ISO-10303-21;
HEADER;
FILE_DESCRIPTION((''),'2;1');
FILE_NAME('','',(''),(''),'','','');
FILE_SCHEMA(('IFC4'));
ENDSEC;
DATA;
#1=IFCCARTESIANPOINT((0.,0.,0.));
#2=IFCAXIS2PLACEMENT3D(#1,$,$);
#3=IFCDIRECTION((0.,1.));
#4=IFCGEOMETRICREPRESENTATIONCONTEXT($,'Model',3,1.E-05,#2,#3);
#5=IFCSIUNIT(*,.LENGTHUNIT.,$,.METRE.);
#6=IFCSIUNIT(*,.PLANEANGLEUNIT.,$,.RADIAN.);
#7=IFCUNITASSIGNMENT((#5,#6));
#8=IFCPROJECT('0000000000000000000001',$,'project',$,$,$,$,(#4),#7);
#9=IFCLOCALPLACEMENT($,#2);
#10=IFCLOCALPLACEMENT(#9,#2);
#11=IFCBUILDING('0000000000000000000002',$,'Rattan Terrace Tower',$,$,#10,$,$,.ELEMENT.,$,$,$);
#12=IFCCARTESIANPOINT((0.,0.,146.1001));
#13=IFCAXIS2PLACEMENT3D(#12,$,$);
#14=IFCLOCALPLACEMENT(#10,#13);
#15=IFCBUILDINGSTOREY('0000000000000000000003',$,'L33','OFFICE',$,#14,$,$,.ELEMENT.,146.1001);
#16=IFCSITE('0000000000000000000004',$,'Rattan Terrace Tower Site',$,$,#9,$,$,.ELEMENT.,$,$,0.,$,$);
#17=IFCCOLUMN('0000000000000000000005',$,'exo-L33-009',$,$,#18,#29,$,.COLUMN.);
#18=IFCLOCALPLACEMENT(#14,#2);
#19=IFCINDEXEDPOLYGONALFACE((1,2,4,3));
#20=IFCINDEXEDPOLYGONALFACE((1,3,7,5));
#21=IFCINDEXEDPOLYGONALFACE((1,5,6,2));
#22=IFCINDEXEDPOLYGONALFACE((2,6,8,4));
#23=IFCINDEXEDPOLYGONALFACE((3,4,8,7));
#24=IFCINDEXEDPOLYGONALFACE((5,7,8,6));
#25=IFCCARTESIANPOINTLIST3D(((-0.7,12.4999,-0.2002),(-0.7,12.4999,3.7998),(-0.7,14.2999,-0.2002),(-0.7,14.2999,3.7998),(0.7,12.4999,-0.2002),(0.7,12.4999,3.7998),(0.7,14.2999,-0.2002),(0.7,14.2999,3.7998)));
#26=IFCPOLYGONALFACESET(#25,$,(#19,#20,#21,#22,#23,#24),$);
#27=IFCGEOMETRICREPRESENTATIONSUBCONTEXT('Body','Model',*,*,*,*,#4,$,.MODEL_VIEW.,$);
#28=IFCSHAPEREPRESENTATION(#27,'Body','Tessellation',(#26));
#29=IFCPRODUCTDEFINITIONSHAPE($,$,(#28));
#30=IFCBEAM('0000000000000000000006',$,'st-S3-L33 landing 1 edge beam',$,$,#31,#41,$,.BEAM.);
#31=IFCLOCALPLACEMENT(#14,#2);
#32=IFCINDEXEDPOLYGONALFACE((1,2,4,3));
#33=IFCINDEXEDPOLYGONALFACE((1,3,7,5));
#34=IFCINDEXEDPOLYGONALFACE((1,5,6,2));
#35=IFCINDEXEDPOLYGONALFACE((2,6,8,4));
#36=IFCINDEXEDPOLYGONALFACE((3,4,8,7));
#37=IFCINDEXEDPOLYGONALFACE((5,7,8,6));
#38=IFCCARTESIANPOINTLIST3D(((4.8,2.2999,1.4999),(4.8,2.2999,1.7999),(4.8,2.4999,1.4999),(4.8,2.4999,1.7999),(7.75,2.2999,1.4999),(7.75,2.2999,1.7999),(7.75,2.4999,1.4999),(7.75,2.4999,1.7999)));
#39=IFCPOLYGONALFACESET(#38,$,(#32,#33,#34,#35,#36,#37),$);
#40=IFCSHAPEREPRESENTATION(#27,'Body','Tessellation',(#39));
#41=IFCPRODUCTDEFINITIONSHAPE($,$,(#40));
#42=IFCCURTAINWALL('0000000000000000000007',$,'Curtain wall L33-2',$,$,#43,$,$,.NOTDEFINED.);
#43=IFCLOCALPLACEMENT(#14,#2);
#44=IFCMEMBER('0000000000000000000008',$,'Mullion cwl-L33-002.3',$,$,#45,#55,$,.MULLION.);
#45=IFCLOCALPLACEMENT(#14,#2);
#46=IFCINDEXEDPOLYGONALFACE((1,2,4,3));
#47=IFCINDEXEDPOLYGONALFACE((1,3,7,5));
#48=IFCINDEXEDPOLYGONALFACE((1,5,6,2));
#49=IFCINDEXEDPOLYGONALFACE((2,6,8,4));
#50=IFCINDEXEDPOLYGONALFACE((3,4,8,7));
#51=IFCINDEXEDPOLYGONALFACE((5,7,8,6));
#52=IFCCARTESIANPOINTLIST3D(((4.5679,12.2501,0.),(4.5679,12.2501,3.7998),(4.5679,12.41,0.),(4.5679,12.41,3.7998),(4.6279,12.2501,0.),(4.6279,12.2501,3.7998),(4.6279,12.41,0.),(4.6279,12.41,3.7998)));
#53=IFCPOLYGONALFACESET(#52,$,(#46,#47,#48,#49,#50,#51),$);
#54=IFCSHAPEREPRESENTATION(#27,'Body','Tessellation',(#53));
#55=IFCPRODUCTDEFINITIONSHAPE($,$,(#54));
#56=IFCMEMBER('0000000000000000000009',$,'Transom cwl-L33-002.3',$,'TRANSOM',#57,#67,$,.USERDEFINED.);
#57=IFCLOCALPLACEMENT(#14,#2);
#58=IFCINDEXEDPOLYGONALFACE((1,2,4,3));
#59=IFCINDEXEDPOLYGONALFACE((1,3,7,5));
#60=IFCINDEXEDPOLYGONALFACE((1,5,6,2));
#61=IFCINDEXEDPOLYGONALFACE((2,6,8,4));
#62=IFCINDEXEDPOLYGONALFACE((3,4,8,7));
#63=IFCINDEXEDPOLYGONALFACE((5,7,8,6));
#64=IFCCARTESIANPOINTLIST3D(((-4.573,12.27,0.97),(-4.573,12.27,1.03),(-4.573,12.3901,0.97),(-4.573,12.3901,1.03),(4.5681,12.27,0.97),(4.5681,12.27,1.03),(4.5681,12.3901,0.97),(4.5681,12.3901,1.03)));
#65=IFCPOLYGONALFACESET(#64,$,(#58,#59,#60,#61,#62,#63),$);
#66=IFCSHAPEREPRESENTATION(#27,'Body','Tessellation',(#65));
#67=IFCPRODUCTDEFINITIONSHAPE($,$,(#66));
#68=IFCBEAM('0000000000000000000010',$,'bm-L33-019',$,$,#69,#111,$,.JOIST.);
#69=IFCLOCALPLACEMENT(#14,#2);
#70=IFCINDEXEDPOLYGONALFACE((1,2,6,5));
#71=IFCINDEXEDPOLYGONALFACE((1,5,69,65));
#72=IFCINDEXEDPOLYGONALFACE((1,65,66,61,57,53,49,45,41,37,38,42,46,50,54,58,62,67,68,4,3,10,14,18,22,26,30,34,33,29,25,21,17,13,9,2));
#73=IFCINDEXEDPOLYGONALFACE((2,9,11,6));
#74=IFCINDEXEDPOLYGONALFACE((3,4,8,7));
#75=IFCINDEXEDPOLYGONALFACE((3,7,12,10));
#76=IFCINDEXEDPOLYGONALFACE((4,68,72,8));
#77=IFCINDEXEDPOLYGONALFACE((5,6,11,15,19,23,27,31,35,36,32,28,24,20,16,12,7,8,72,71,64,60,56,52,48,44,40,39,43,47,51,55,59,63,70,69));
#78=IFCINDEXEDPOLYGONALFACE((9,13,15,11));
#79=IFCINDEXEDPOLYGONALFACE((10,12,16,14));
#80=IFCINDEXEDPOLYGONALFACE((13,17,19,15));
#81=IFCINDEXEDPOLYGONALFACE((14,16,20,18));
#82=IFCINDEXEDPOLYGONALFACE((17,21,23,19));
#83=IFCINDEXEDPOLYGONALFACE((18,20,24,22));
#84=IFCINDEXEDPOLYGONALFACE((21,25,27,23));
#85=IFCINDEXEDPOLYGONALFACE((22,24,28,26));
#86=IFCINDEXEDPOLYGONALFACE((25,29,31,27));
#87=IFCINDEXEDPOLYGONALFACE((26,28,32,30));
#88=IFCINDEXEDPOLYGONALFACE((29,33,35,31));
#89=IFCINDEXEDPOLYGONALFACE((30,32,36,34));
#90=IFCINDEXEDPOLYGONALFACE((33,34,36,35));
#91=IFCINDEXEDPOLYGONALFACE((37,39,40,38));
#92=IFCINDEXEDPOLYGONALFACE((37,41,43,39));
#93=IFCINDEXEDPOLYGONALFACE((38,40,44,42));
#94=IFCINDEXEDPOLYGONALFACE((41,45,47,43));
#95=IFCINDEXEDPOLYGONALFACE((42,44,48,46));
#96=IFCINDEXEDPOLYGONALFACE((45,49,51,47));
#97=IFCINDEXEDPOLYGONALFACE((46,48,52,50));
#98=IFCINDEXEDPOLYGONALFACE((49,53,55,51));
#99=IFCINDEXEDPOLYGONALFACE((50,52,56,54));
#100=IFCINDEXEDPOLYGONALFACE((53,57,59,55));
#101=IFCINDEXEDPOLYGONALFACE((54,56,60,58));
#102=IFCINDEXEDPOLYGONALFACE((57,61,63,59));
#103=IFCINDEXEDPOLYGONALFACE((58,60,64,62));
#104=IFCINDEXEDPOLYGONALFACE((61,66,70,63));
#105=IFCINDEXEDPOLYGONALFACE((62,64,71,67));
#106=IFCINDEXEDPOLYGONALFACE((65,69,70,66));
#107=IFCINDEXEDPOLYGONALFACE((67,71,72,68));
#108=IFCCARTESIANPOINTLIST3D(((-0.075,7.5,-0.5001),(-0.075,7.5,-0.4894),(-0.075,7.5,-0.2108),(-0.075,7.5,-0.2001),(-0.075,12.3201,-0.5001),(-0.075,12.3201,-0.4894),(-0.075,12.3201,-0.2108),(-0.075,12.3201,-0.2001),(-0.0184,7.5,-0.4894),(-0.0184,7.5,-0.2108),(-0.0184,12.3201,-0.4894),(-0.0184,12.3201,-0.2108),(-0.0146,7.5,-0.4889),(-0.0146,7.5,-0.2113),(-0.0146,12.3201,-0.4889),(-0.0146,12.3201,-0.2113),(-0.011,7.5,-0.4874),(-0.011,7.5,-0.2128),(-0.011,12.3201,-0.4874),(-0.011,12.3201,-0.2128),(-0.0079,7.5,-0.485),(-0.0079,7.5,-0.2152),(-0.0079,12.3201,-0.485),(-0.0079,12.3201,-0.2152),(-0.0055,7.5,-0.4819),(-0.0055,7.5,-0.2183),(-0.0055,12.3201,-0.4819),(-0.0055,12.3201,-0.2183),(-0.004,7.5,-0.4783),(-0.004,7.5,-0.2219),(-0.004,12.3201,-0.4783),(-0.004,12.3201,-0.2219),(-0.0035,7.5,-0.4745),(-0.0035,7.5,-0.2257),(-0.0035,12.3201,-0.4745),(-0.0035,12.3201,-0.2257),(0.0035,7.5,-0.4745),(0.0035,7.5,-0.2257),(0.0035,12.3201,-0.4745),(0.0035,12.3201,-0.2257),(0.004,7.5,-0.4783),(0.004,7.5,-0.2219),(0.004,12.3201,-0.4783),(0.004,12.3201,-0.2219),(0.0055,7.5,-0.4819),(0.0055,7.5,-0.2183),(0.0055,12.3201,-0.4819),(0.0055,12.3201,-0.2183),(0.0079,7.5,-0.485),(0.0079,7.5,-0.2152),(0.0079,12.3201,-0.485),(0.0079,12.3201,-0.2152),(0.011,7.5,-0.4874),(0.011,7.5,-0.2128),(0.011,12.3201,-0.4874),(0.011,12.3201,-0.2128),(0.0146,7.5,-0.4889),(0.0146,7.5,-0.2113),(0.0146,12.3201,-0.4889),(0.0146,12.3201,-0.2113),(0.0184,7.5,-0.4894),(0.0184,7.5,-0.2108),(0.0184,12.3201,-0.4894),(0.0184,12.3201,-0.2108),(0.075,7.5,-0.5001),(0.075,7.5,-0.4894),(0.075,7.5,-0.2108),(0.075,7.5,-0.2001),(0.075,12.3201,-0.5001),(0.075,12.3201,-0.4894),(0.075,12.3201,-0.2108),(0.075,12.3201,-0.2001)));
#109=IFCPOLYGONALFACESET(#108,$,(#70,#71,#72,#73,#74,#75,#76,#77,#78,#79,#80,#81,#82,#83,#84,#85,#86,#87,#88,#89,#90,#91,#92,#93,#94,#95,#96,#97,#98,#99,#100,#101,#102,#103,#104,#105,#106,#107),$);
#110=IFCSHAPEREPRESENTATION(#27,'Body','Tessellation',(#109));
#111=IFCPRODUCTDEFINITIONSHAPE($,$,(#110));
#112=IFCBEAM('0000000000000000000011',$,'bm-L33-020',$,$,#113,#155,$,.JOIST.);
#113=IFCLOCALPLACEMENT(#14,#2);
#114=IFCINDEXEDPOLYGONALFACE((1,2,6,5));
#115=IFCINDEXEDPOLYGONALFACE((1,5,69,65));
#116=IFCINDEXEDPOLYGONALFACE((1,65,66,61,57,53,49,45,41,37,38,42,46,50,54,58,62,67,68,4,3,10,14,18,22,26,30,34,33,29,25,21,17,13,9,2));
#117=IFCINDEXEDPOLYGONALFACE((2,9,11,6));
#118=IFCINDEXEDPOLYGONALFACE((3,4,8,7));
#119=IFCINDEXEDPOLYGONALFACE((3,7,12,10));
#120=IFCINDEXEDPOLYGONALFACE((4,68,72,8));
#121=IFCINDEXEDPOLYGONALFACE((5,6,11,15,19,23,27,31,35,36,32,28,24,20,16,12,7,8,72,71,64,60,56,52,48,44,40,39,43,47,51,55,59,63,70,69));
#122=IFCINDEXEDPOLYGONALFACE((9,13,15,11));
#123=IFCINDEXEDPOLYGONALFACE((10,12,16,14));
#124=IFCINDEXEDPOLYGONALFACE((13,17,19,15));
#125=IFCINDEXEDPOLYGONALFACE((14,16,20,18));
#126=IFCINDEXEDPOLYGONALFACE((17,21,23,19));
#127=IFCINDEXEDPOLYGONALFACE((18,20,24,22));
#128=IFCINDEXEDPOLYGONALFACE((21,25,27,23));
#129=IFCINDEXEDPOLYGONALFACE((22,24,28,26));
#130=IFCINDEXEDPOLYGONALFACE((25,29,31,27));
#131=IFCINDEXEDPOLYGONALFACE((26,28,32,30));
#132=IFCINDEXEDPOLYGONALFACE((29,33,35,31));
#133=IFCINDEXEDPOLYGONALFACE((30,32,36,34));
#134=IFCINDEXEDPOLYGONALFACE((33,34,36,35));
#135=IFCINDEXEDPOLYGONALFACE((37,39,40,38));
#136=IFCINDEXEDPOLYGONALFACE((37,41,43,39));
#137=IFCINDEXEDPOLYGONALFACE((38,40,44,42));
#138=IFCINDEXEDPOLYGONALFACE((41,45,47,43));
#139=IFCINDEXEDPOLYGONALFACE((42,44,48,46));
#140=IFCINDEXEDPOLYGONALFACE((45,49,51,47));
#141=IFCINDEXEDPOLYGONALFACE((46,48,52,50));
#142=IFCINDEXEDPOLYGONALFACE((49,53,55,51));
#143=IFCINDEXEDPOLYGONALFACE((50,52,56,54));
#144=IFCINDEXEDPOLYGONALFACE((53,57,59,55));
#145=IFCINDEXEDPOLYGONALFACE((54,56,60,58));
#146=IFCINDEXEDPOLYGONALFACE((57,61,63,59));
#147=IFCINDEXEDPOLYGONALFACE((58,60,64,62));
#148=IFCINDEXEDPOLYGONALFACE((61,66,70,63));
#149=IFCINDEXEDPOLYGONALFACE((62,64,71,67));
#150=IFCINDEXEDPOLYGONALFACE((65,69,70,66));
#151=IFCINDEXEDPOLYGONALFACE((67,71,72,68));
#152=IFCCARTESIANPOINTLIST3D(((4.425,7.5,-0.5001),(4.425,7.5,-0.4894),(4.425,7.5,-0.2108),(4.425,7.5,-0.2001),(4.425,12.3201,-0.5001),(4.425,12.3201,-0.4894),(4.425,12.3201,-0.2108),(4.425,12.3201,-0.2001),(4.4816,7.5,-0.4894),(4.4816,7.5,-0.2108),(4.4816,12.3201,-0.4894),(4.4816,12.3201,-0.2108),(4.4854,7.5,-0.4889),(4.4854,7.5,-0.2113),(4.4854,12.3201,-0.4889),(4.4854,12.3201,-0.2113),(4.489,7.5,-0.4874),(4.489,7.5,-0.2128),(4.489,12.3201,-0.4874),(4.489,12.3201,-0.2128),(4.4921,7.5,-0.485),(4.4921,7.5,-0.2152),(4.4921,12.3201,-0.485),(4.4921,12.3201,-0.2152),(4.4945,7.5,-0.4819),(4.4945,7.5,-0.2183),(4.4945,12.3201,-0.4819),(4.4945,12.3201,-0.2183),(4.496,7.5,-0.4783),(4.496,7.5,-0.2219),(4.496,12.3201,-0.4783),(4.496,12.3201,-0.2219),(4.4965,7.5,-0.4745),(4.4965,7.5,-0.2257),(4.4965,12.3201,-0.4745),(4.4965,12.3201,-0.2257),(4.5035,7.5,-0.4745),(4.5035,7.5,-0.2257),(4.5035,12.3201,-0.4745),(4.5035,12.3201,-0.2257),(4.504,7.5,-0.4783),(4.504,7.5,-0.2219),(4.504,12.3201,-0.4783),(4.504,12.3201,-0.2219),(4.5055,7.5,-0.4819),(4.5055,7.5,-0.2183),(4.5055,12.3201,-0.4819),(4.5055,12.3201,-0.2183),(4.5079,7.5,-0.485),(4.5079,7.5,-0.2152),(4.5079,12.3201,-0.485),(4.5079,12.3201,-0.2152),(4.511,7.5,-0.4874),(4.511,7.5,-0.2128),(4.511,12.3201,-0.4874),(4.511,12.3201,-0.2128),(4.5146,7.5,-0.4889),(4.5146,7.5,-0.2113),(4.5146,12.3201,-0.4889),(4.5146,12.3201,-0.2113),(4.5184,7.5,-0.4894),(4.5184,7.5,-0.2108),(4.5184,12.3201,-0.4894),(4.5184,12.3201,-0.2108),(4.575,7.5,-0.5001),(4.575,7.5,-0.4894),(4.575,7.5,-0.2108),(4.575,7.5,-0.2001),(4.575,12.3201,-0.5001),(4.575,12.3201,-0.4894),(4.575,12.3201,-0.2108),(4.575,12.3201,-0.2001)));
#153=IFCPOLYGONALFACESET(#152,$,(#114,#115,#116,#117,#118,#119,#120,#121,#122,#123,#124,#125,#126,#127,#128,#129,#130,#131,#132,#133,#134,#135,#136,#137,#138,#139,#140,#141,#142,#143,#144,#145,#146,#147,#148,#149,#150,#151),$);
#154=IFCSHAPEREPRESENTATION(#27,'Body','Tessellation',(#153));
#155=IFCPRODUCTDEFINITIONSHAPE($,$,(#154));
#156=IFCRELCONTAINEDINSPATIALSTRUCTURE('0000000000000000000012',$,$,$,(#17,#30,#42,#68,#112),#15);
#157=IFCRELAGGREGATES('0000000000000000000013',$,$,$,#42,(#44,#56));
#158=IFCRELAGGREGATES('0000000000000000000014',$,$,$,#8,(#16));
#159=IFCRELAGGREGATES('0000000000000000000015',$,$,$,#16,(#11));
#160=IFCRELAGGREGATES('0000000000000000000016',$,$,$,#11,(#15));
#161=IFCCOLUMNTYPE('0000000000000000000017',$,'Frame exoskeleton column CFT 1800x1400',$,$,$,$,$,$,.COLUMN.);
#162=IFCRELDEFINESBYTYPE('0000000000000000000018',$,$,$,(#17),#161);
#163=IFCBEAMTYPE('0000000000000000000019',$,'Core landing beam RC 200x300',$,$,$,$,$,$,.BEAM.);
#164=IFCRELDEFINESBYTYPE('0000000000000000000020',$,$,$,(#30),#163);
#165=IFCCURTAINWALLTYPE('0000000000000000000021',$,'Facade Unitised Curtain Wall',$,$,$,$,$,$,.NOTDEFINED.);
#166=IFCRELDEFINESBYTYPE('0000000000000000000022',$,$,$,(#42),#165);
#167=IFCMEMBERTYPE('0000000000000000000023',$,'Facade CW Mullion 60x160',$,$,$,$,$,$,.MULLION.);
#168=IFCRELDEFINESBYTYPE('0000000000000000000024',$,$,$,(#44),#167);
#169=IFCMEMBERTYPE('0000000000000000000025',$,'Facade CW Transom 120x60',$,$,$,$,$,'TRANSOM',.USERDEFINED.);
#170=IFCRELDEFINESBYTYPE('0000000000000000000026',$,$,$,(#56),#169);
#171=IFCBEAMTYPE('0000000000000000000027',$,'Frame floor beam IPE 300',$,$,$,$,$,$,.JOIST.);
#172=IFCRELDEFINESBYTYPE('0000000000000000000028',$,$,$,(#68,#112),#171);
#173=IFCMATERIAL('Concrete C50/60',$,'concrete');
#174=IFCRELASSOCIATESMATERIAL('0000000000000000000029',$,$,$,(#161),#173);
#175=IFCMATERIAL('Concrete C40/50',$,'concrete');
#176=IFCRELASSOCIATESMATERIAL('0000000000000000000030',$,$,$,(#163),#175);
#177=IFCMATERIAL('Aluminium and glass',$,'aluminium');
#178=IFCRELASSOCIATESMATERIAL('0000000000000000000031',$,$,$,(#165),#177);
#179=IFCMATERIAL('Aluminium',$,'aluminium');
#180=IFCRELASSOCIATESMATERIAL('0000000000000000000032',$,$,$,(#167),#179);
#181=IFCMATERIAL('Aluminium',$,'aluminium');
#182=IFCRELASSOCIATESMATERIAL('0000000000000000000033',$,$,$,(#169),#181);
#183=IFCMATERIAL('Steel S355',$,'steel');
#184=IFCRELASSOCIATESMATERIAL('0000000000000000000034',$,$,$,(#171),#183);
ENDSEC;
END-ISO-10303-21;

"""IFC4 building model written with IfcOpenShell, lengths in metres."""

from ifc_helpers import new_model, si_unit, direction, frame, origin, origin_2d, place, context, subcontext, project, spatial, rectangle, i_section, extrude, material, material_profile, profile_set, type_object, element, aggregate, save


model = new_model("IFC4")

# Units and contexts
model_context = context("Model", 3, precision=1e-05, world=origin(), true_north=direction((0.0, 1.0)))
body_context = subcontext(model_context, "Body", "Model", "MODEL_VIEW")
ifc_project = project(units=[si_unit("LENGTHUNIT", "METRE"), si_unit("PLANEANGLEUNIT", "RADIAN")], contexts=[model_context])

# Site, building, storey
site_placement = place(None, origin())
site = spatial("IfcSite", under=ifc_project, at=site_placement, Name="Rattan Terrace Tower Site", CompositionType="ELEMENT", RefElevation=0.0)
building_placement = place(site_placement, origin())
building = spatial("IfcBuilding", under=site, at=building_placement, Name="Rattan Terrace Tower", CompositionType="ELEMENT")
storey_placement = place(building_placement, frame((0.0, 0.0, 146.1001)))
storey = spatial("IfcBuildingStorey", under=building, at=storey_placement, Name="L33", Description="OFFICE", CompositionType="ELEMENT", Elevation=146.1001)

# Column
ifc_material_1 = material(Name="Concrete C50/60", Category="concrete")
ifc_material_profile_1 = material_profile(ifc_material_1, rectangle(XDim=1.3999, YDim=1.8, at=origin_2d()), Name="CFT 1800x1400")
ifc_profile_set_1 = profile_set([ifc_material_profile_1], Name="Concrete C50/60")
column_type = type_object("IfcColumnType", Name="Frame exoskeleton column CFT 1800x1400", PredefinedType="COLUMN", material=ifc_profile_set_1)
column_placement = place(storey_placement, frame((0.0, 13.3999, -0.2002), z_axis=(0.0, 0.0, 1.0), x_axis=(1.0, 0.0, 0.0)))
element("IfcColumn", 1, at=column_placement, inside=storey, type_object=column_type, Name="exo-L33-009", PredefinedType="COLUMN", context=body_context, shape_type="SweptSolid", body=[
    extrude(rectangle(XDim=1.3999, YDim=1.8, at=origin_2d()), origin(), (0.0, 0.0, 1.0), 4.0),
])

# Beam
ifc_material_2 = material(Name="Concrete C40/50", Category="concrete")
ifc_material_profile_2 = material_profile(ifc_material_2, rectangle(XDim=0.2, YDim=0.3, at=origin_2d()), Name="RC 200x300")
ifc_profile_set_2 = profile_set([ifc_material_profile_2], Name="Concrete C40/50")
beam_type_1 = type_object("IfcBeamType", Name="Core landing beam RC 200x300", PredefinedType="BEAM", material=ifc_profile_set_2)
beam_placement = place(storey_placement, frame((4.8, 2.3999, 1.6499), z_axis=(1.0, 0.0, 0.0), x_axis=(0.0, 1.0, 0.0)))
element("IfcBeam", 2, at=beam_placement, inside=storey, type_object=beam_type_1, Name="st-S3-L33 landing 1 edge beam", PredefinedType="BEAM", context=body_context, shape_type="SweptSolid", body=[
    extrude(rectangle(XDim=0.2, YDim=0.3, at=origin_2d()), origin(), (0.0, 0.0, 1.0), 2.95),
])

# Curtain wall, members
ifc_material_3 = material(Name="Aluminium and glass", Category="aluminium")
curtain_wall_type = type_object("IfcCurtainWallType", Name="Facade Unitised Curtain Wall", PredefinedType="NOTDEFINED", material=ifc_material_3)
curtain_wall_placement = place(storey_placement, origin())
curtain_wall = element("IfcCurtainWall", 3, at=curtain_wall_placement, inside=storey, type_object=curtain_wall_type, Name="Curtain wall L33-2", PredefinedType="NOTDEFINED")
ifc_material_4 = material(Name="Aluminium", Category="aluminium")
ifc_material_profile_3 = material_profile(ifc_material_4, rectangle(XDim=0.0601, YDim=0.1599, at=origin_2d()), Name="Aluminium 60x160")
ifc_profile_set_3 = profile_set([ifc_material_profile_3], Name="Aluminium")
member_type_1 = type_object("IfcMemberType", Name="Facade CW Mullion 60x160", PredefinedType="MULLION", material=ifc_profile_set_3)
member_1_placement = place(storey_placement, frame((4.5979, 12.3301, 0.0), z_axis=(0.0, 0.0, 1.0), x_axis=(-1.0, 0.0, 0.0)))
member_1 = element("IfcMember", 4, at=member_1_placement, type_object=member_type_1, Name="Mullion cwl-L33-002.3", PredefinedType="MULLION", context=body_context, shape_type="SweptSolid", body=[
    extrude(rectangle(XDim=0.0601, YDim=0.1599, at=origin_2d()), origin(), (0.0, 0.0, 1.0), 3.7998),
])
ifc_material_5 = material(Name="Aluminium", Category="aluminium")
ifc_material_profile_4 = material_profile(ifc_material_5, rectangle(XDim=0.1201, YDim=0.0601, at=origin_2d()), Name="Aluminium 120x60")
ifc_profile_set_4 = profile_set([ifc_material_profile_4], Name="Aluminium")
member_type_2 = type_object("IfcMemberType", Name="Facade CW Transom 120x60", ElementType="TRANSOM", PredefinedType="USERDEFINED", material=ifc_profile_set_4)
member_2_placement = place(storey_placement, frame((4.5681, 12.3301, 1.0), z_axis=(-1.0, 0.0, 0.0), x_axis=(0.0, -1.0, 0.0)))
member_2 = element("IfcMember", 5, at=member_2_placement, type_object=member_type_2, Name="Transom cwl-L33-002.3", ObjectType="TRANSOM", PredefinedType="USERDEFINED", context=body_context, shape_type="SweptSolid", body=[
    extrude(rectangle(XDim=0.1201, YDim=0.0601, at=origin_2d()), origin(), (0.0, 0.0, 1.0), 9.1411),
])
aggregate(curtain_wall, [member_1, member_2])

# Beams
ifc_material_6 = material(Name="Steel S355", Category="steel")
ifc_material_profile_5 = material_profile(ifc_material_6, i_section(OverallWidth=0.1499, OverallDepth=0.3, WebThickness=0.0071, FlangeThickness=0.0107, FilletRadius=0.0149, at=origin_2d()), Name="IPE 300")
ifc_profile_set_5 = profile_set([ifc_material_profile_5], Name="Steel S355")
beam_type_2 = type_object("IfcBeamType", Name="Frame floor beam IPE 300", PredefinedType="JOIST", material=ifc_profile_set_5)
for number, where, z_axis, x_axis, name in (
    (6, (0.0, 7.5, -0.3501), (0.0, 1.0, 0.0), (-1.0, 0.0, 0.0), "bm-L33-019"),
    (7, (4.5, 7.5, -0.3501), (0.0, 1.0, 0.0), (-1.0, 0.0, 0.0), "bm-L33-020"),
):
    element("IfcBeam", number, at=place(storey_placement, frame(where, z_axis=z_axis, x_axis=x_axis)), inside=storey, type_object=beam_type_2, Name=name, PredefinedType="JOIST", context=body_context, shape_type="SweptSolid", body=[
        extrude(i_section(OverallWidth=0.1499, OverallDepth=0.3, WebThickness=0.0071, FlangeThickness=0.0107, FilletRadius=0.0149, at=origin_2d()), origin(), (0.0, 0.0, 1.0), 4.8201),
    ])

save(model, "model.ifc")
